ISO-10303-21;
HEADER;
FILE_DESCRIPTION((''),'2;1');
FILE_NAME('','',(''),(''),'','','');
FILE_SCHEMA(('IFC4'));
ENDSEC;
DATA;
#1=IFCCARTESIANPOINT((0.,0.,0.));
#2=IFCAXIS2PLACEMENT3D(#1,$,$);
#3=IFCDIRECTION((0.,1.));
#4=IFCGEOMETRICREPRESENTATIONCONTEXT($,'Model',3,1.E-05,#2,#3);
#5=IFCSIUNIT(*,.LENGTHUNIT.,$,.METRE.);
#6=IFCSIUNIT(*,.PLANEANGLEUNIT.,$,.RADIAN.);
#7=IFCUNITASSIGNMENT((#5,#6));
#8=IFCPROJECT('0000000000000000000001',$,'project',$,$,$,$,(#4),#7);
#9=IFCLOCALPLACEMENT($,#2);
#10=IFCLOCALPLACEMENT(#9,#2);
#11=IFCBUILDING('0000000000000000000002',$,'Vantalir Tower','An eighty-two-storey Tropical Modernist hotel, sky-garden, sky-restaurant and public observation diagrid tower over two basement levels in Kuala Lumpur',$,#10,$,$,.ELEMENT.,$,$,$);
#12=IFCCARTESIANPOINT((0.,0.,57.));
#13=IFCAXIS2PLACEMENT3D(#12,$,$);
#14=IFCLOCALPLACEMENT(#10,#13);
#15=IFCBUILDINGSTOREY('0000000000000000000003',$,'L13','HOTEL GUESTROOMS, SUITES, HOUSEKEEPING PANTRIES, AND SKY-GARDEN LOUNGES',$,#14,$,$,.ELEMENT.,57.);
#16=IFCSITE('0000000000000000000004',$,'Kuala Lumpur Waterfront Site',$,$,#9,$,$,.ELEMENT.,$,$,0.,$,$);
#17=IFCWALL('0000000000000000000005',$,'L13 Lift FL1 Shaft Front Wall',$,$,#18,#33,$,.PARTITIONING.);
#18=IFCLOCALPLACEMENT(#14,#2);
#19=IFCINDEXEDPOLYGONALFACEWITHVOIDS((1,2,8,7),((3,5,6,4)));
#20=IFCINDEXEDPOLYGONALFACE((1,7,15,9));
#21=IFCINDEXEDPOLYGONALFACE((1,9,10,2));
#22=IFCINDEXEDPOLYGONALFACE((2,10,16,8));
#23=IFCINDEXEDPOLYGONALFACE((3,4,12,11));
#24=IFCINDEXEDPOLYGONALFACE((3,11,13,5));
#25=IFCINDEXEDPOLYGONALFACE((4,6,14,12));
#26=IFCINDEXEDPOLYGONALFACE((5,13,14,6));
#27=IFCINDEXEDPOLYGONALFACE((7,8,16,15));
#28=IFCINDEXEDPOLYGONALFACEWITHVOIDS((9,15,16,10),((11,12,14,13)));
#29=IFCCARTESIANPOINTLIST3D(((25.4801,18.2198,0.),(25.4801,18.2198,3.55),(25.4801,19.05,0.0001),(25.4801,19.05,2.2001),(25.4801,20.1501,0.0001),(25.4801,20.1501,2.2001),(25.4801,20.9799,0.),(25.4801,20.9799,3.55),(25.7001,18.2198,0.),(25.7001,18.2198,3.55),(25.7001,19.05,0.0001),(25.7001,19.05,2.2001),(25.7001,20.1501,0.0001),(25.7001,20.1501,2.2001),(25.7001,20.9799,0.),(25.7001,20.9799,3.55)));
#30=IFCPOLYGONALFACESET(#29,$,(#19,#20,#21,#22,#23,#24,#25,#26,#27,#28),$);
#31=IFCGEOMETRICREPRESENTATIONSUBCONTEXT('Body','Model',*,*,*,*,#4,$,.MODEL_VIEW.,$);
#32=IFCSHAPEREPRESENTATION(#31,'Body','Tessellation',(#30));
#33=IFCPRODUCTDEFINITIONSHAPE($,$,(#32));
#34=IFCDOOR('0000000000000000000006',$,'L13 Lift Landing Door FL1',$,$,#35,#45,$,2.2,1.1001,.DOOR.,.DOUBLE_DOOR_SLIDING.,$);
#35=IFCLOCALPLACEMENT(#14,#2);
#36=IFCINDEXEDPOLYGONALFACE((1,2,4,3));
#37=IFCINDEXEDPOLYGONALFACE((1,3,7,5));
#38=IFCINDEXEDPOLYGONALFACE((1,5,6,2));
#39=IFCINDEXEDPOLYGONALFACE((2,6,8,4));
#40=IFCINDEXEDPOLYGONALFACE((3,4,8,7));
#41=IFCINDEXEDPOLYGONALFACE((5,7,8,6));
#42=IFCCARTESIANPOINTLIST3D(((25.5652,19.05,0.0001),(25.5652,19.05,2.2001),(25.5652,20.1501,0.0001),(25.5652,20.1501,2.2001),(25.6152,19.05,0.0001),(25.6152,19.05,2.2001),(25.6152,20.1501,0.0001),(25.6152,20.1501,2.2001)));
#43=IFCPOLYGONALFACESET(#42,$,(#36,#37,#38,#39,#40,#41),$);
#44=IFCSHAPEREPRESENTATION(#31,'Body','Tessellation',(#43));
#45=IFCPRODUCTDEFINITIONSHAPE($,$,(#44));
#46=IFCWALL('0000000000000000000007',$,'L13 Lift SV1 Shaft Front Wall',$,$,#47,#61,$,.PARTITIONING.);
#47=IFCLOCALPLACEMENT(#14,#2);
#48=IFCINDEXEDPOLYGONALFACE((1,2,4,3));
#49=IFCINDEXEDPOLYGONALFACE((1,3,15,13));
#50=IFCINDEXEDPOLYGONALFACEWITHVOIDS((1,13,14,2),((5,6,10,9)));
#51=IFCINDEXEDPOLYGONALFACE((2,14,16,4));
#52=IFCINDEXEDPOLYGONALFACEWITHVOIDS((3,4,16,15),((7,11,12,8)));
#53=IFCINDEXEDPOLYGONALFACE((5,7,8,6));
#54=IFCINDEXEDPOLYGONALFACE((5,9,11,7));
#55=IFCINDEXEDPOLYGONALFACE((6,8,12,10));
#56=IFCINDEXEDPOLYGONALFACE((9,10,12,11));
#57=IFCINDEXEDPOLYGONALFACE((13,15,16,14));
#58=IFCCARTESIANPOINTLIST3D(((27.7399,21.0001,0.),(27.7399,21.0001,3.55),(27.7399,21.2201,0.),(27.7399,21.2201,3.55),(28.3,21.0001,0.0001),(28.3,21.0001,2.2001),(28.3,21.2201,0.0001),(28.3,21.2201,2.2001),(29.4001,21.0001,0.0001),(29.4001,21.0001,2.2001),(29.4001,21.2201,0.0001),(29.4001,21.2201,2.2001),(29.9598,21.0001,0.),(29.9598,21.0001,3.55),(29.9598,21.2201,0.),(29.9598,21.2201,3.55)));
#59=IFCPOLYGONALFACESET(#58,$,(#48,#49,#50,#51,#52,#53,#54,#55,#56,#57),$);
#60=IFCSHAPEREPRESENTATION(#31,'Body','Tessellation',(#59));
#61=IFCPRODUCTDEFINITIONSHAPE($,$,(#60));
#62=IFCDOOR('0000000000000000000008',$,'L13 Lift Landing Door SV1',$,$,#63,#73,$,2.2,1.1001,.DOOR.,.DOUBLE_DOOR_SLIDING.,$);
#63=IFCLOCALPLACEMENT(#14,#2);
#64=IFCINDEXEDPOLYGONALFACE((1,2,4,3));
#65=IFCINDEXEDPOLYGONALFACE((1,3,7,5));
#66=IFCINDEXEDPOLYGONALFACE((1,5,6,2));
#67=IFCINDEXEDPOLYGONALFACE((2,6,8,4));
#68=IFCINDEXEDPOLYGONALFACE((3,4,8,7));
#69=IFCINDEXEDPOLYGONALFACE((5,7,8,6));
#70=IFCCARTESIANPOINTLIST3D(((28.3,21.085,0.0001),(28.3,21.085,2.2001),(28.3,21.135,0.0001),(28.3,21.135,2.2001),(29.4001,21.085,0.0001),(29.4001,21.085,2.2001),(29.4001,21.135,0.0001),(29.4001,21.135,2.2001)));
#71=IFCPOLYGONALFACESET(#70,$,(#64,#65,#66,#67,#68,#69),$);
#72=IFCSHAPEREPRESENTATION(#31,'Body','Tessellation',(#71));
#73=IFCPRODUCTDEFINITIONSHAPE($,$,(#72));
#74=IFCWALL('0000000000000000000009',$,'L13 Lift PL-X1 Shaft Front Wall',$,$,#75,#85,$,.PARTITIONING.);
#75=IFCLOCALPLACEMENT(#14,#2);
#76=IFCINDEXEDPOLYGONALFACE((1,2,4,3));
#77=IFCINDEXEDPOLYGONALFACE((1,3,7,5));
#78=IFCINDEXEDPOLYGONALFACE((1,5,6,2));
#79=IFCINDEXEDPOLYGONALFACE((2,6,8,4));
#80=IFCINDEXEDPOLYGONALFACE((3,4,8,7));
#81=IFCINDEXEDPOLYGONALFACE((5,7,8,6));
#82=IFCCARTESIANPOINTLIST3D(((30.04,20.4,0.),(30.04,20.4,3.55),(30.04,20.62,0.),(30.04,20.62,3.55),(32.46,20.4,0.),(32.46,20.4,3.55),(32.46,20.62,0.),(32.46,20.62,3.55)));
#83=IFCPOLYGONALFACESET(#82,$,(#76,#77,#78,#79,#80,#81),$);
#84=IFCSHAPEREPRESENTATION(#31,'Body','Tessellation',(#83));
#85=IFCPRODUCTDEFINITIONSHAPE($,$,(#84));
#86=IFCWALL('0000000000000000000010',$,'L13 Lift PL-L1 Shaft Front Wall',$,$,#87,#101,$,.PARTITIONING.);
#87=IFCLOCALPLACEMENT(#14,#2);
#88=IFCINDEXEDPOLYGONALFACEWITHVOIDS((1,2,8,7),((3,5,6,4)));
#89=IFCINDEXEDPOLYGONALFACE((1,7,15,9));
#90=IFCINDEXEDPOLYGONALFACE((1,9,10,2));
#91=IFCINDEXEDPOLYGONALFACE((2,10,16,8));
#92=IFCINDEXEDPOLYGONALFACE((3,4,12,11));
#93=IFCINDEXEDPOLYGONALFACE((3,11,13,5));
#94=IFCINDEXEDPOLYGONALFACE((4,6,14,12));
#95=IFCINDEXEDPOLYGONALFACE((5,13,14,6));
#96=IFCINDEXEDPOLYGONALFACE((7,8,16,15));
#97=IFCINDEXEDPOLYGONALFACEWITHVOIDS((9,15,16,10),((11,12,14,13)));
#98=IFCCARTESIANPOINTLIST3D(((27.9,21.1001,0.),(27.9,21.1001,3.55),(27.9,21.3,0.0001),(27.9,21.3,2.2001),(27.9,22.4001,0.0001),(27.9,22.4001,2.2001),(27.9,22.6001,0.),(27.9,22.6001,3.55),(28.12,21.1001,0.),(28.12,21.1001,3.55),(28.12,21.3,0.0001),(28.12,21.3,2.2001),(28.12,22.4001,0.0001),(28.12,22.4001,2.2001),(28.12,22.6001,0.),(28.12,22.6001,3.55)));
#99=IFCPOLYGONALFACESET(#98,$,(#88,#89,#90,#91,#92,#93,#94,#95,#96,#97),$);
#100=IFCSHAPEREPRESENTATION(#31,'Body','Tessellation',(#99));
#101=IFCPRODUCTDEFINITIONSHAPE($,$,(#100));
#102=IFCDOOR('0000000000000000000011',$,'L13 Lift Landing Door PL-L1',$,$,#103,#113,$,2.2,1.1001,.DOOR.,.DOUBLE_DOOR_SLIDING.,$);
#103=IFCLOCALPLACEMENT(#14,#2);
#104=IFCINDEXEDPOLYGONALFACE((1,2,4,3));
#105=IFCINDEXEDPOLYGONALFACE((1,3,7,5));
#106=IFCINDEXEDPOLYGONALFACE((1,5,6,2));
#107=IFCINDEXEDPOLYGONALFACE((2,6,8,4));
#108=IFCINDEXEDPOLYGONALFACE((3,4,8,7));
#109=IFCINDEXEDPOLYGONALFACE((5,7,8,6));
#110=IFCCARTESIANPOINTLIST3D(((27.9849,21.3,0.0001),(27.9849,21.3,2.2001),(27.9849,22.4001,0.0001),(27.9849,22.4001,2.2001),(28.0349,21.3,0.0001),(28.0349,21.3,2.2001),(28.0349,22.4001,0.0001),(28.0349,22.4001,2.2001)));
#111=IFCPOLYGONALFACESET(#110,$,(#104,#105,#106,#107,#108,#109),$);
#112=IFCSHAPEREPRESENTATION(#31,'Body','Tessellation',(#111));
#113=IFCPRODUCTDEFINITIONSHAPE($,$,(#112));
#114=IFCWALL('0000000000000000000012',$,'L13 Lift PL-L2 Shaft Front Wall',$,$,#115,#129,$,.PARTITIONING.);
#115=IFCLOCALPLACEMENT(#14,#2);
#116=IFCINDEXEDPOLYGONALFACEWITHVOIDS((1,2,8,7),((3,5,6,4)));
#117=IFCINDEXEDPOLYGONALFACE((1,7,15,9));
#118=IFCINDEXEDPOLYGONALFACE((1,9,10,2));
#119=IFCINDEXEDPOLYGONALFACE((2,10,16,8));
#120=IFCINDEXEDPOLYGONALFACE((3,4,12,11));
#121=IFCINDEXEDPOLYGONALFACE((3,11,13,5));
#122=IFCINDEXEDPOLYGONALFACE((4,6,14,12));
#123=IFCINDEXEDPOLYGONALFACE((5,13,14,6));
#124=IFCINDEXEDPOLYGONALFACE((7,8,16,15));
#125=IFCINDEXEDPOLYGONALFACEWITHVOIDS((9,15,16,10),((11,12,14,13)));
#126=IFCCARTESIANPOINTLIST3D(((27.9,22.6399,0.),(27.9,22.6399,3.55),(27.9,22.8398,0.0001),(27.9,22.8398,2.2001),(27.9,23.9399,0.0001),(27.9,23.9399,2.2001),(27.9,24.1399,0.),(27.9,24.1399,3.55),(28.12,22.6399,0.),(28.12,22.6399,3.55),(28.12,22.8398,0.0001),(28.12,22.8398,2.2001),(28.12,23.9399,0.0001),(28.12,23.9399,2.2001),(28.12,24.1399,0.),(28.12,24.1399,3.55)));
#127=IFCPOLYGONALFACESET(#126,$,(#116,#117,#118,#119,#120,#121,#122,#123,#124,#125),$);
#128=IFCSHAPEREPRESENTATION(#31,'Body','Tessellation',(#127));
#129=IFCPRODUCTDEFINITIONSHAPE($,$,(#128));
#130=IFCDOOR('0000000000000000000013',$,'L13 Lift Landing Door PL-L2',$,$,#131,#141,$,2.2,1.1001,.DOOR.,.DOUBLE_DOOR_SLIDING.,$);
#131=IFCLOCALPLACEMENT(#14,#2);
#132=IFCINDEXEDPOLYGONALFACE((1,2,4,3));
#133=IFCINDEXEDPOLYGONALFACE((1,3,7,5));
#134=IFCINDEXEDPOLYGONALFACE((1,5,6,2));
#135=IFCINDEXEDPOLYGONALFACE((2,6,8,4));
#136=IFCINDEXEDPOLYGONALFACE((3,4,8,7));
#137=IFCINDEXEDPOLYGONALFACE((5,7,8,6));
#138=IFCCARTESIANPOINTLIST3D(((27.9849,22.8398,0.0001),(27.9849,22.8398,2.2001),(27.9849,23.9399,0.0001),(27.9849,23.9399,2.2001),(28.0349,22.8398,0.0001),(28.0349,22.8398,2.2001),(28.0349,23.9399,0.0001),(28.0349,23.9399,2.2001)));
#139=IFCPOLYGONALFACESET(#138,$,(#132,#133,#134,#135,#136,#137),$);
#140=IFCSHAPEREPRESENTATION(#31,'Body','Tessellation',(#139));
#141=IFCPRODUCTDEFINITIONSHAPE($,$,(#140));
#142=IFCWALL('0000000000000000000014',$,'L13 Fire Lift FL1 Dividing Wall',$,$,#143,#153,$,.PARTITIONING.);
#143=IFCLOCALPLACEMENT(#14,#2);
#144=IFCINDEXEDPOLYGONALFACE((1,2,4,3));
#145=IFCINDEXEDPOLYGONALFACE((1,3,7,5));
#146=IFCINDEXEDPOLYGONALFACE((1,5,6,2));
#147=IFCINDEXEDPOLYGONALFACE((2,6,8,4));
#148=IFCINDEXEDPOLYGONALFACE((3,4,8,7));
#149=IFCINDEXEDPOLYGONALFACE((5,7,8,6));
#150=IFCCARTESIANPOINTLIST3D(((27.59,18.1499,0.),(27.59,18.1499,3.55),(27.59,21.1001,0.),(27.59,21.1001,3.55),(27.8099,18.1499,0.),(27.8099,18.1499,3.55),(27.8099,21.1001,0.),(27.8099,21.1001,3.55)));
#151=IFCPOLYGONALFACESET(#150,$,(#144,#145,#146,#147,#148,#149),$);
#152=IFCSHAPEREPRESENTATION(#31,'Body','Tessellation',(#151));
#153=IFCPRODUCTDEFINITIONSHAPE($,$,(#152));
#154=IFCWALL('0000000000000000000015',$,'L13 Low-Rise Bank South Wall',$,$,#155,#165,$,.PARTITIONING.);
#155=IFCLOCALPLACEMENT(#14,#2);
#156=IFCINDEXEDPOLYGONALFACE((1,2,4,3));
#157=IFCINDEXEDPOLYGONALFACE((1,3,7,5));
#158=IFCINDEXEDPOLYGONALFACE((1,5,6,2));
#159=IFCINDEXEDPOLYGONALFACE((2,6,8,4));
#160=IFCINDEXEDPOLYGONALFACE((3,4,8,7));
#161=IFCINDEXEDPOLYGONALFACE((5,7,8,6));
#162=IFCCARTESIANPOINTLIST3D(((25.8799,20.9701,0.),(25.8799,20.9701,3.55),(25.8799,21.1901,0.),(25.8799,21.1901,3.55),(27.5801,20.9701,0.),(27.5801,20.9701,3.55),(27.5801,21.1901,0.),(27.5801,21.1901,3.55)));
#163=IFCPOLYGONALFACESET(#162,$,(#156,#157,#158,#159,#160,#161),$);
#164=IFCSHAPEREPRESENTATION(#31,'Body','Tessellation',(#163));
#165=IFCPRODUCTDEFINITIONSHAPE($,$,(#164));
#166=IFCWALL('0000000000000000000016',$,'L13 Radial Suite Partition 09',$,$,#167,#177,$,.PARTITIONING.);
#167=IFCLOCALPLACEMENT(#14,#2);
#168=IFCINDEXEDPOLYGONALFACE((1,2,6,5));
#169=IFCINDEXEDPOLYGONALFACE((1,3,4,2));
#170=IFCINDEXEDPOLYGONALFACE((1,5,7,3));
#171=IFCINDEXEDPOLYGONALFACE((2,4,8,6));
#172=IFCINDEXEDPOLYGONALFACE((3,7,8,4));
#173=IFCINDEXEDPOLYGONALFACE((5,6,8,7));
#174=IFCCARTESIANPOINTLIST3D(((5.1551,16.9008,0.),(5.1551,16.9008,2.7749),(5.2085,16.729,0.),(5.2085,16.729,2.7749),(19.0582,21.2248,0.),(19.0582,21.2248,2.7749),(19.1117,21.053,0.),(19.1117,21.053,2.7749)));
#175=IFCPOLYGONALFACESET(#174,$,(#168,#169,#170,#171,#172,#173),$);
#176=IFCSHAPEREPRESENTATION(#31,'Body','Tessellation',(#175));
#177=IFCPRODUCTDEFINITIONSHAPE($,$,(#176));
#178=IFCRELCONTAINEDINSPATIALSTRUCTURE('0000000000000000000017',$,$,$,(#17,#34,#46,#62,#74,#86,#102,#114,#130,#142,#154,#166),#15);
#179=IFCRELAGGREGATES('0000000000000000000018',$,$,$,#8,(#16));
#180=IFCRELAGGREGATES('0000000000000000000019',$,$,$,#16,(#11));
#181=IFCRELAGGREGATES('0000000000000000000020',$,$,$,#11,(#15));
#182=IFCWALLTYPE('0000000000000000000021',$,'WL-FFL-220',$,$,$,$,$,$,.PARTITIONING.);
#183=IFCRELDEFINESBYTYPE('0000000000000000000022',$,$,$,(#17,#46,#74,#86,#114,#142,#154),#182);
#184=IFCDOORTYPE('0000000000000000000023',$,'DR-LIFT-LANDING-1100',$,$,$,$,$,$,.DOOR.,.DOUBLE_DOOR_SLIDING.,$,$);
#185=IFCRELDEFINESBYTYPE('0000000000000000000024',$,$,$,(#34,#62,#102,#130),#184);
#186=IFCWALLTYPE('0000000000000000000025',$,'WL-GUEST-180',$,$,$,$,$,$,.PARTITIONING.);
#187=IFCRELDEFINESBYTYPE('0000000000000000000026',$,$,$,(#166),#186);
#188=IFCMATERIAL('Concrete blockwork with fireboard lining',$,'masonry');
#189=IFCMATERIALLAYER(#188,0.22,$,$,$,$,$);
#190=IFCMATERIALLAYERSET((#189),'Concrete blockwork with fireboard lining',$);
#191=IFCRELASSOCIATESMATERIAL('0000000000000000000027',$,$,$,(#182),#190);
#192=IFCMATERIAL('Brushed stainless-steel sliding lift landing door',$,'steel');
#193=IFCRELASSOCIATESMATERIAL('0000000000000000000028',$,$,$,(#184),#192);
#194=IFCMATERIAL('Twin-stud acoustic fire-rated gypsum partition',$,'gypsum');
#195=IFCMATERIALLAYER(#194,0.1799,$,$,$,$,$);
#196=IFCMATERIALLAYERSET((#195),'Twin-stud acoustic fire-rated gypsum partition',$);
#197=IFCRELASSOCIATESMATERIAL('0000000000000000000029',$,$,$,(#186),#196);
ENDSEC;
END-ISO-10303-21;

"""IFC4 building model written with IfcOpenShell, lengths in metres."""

from ifc_helpers import new_model, si_unit, direction, frame, frame_2d, origin, place, context, subcontext, project, spatial, rectangle, extrude, material, layer, layer_set, type_object, element, fill, save


model = new_model("IFC4")

# Units and contexts
model_context = context("Model", 3, precision=1e-05, world=origin(), true_north=direction((0.0, 1.0)))
body_context = subcontext(model_context, "Body", "Model", "MODEL_VIEW")
ifc_project = project(units=[si_unit("LENGTHUNIT", "METRE"), si_unit("PLANEANGLEUNIT", "RADIAN")], contexts=[model_context])

# Site, building, storey
site_placement = place(None, origin())
site = spatial("IfcSite", under=ifc_project, at=site_placement, Name="Kuala Lumpur Waterfront Site", CompositionType="ELEMENT", RefElevation=0.0)
building_placement = place(site_placement, origin())
building = spatial("IfcBuilding", under=site, at=building_placement, Name="Vantalir Tower", Description="An eighty-two-storey Tropical Modernist hotel, sky-garden, sky-restaurant and public observation diagrid tower over two basement levels in Kuala Lumpur", CompositionType="ELEMENT")
storey_placement = place(building_placement, frame((0.0, 0.0, 57.0)))
storey = spatial("IfcBuildingStorey", under=building, at=storey_placement, Name="L13", Description="HOTEL GUESTROOMS, SUITES, HOUSEKEEPING PANTRIES, AND SKY-GARDEN LOUNGES", CompositionType="ELEMENT", Elevation=57.0)

# Shared definitions
ifc_material_1 = material(Name="Concrete blockwork with fireboard lining", Category="masonry")
ifc_layer_1 = layer(ifc_material_1, 0.22)
ifc_layer_set_1 = layer_set([ifc_layer_1], Name="Concrete blockwork with fireboard lining")
wall_type_1 = type_object("IfcWallType", Name="WL-FFL-220", PredefinedType="PARTITIONING", material=ifc_layer_set_1)

# Walls, openings, doors
wall_1_placement = place(storey_placement, frame((25.5901, 18.22, 0.0), z_axis=(0.0, 0.0, 1.0), x_axis=(0.0, 1.0, 0.0)))
wall_1 = element("IfcWall", 1, at=wall_1_placement, inside=storey, type_object=wall_type_1, Name="L13 Lift FL1 Shaft Front Wall", PredefinedType="PARTITIONING", context=body_context, shape_type="SweptSolid", body=[
    extrude(rectangle(XDim=2.76, YDim=0.22, at=frame_2d((1.3799, 0.0))), origin(), (0.0, 0.0, 1.0), 3.55),
])
opening_1_placement = place(wall_1_placement, frame((0.8301, 0.0, 0.0)))
opening_1 = element("IfcOpeningElement", 2, at=opening_1_placement, cuts=wall_1, PredefinedType="OPENING", context=body_context, shape_type="SweptSolid", body=[
    extrude(rectangle(XDim=1.1001, YDim=2.2, at=frame_2d((0.55, 1.1001))), frame((0.0, 0.1199, 0.0), z_axis=(0.0, -1.0, 0.0), x_axis=(1.0, 0.0, 0.0)), (0.0, 0.0, 1.0), 0.24),
])
ifc_material_2 = material(Name="Brushed stainless-steel sliding lift landing door", Category="steel")
door_type_1 = type_object("IfcDoorType", Name="DR-LIFT-LANDING-1100", OperationType="DOUBLE_DOOR_SLIDING", PredefinedType="DOOR", material=ifc_material_2)
door_1_placement = place(opening_1_placement, origin())
door_1 = element("IfcDoor", 3, at=door_1_placement, inside=storey, type_object=door_type_1, Name="L13 Lift Landing Door FL1", OperationType="DOUBLE_DOOR_SLIDING", OverallHeight=2.2, OverallWidth=1.1001, PredefinedType="DOOR", context=body_context, shape_type="SweptSolid", body=[
    extrude(rectangle(XDim=1.1001, YDim=2.2, at=frame_2d((0.55, 1.1001))), frame((0.0, 0.0249, 0.0), z_axis=(0.0, -1.0, 0.0), x_axis=(1.0, 0.0, 0.0)), (0.0, 0.0, 1.0), 0.05),
])
fill(opening_1, door_1)
wall_2_placement = place(storey_placement, frame((27.74, 21.1101, 0.0), z_axis=(0.0, 0.0, 1.0), x_axis=(1.0, 0.0, 0.0)))
wall_2 = element("IfcWall", 4, at=wall_2_placement, inside=storey, type_object=wall_type_1, Name="L13 Lift SV1 Shaft Front Wall", PredefinedType="PARTITIONING", context=body_context, shape_type="SweptSolid", body=[
    extrude(rectangle(XDim=2.22, YDim=0.22, at=frame_2d((1.1099, 0.0))), origin(), (0.0, 0.0, 1.0), 3.55),
])
opening_2_placement = place(wall_2_placement, frame((0.5601, 0.0, 0.0)))
opening_2 = element("IfcOpeningElement", 5, at=opening_2_placement, cuts=wall_2, PredefinedType="OPENING", context=body_context, shape_type="SweptSolid", body=[
    extrude(rectangle(XDim=1.1001, YDim=2.2, at=frame_2d((0.55, 1.1001))), frame((0.0, 0.1199, 0.0), z_axis=(0.0, -1.0, 0.0), x_axis=(1.0, 0.0, 0.0)), (0.0, 0.0, 1.0), 0.24),
])
door_2_placement = place(opening_2_placement, origin())
door_2 = element("IfcDoor", 6, at=door_2_placement, inside=storey, type_object=door_type_1, Name="L13 Lift Landing Door SV1", OperationType="DOUBLE_DOOR_SLIDING", OverallHeight=2.2, OverallWidth=1.1001, PredefinedType="DOOR", context=body_context, shape_type="SweptSolid", body=[
    extrude(rectangle(XDim=1.1001, YDim=2.2, at=frame_2d((0.55, 1.1001))), frame((0.0, 0.0249, 0.0), z_axis=(0.0, -1.0, 0.0), x_axis=(1.0, 0.0, 0.0)), (0.0, 0.0, 1.0), 0.05),
])
fill(opening_2, door_2)

# Wall
wall_3_placement = place(storey_placement, frame((30.04, 20.51, 0.0), z_axis=(0.0, 0.0, 1.0), x_axis=(1.0, 0.0, 0.0)))
element("IfcWall", 7, at=wall_3_placement, inside=storey, type_object=wall_type_1, Name="L13 Lift PL-X1 Shaft Front Wall", PredefinedType="PARTITIONING", context=body_context, shape_type="SweptSolid", body=[
    extrude(rectangle(XDim=2.4199, YDim=0.22, at=frame_2d((1.21, 0.0))), origin(), (0.0, 0.0, 1.0), 3.55),
])

# Walls, openings, doors
wall_4_placement = place(storey_placement, frame((28.01, 21.1001, 0.0), z_axis=(0.0, 0.0, 1.0), x_axis=(0.0, 1.0, 0.0)))
wall_4 = element("IfcWall", 8, at=wall_4_placement, inside=storey, type_object=wall_type_1, Name="L13 Lift PL-L1 Shaft Front Wall", PredefinedType="PARTITIONING", context=body_context, shape_type="SweptSolid", body=[
    extrude(rectangle(XDim=1.5, YDim=0.22, at=frame_2d((0.75, 0.0))), origin(), (0.0, 0.0, 1.0), 3.55),
])
opening_3_placement = place(wall_4_placement, frame((0.2, 0.0, 0.0)))
opening_3 = element("IfcOpeningElement", 9, at=opening_3_placement, cuts=wall_4, PredefinedType="OPENING", context=body_context, shape_type="SweptSolid", body=[
    extrude(rectangle(XDim=1.1001, YDim=2.2, at=frame_2d((0.55, 1.1001))), frame((0.0, 0.1199, 0.0), z_axis=(0.0, -1.0, 0.0), x_axis=(1.0, 0.0, 0.0)), (0.0, 0.0, 1.0), 0.24),
])
door_3_placement = place(opening_3_placement, frame((1.1001, 0.0, 0.0), z_axis=(0.0, 0.0, 1.0), x_axis=(-1.0, 0.0, 0.0)))
door_3 = element("IfcDoor", 10, at=door_3_placement, inside=storey, type_object=door_type_1, Name="L13 Lift Landing Door PL-L1", OperationType="DOUBLE_DOOR_SLIDING", OverallHeight=2.2, OverallWidth=1.1001, PredefinedType="DOOR", context=body_context, shape_type="SweptSolid", body=[
    extrude(rectangle(XDim=1.1001, YDim=2.2, at=frame_2d((0.55, 1.1001))), frame((0.0, 0.0249, 0.0), z_axis=(0.0, -1.0, 0.0), x_axis=(1.0, 0.0, 0.0)), (0.0, 0.0, 1.0), 0.05),
])
fill(opening_3, door_3)
wall_5_placement = place(storey_placement, frame((28.01, 22.6399, 0.0), z_axis=(0.0, 0.0, 1.0), x_axis=(0.0, 1.0, 0.0)))
wall_5 = element("IfcWall", 11, at=wall_5_placement, inside=storey, type_object=wall_type_1, Name="L13 Lift PL-L2 Shaft Front Wall", PredefinedType="PARTITIONING", context=body_context, shape_type="SweptSolid", body=[
    extrude(rectangle(XDim=1.5, YDim=0.22, at=frame_2d((0.75, 0.0))), origin(), (0.0, 0.0, 1.0), 3.55),
])
opening_4_placement = place(wall_5_placement, frame((0.2, 0.0, 0.0)))
opening_4 = element("IfcOpeningElement", 12, at=opening_4_placement, cuts=wall_5, PredefinedType="OPENING", context=body_context, shape_type="SweptSolid", body=[
    extrude(rectangle(XDim=1.1001, YDim=2.2, at=frame_2d((0.55, 1.1001))), frame((0.0, 0.1199, 0.0), z_axis=(0.0, -1.0, 0.0), x_axis=(1.0, 0.0, 0.0)), (0.0, 0.0, 1.0), 0.24),
])
door_4_placement = place(opening_4_placement, frame((1.1001, 0.0, 0.0), z_axis=(0.0, 0.0, 1.0), x_axis=(-1.0, 0.0, 0.0)))
door_4 = element("IfcDoor", 13, at=door_4_placement, inside=storey, type_object=door_type_1, Name="L13 Lift Landing Door PL-L2", OperationType="DOUBLE_DOOR_SLIDING", OverallHeight=2.2, OverallWidth=1.1001, PredefinedType="DOOR", context=body_context, shape_type="SweptSolid", body=[
    extrude(rectangle(XDim=1.1001, YDim=2.2, at=frame_2d((0.55, 1.1001))), frame((0.0, 0.0249, 0.0), z_axis=(0.0, -1.0, 0.0), x_axis=(1.0, 0.0, 0.0)), (0.0, 0.0, 1.0), 0.05),
])
fill(opening_4, door_4)

# Walls
wall_6_placement = place(storey_placement, frame((27.7, 18.1499, 0.0), z_axis=(0.0, 0.0, 1.0), x_axis=(0.0, 1.0, 0.0)))
element("IfcWall", 14, at=wall_6_placement, inside=storey, type_object=wall_type_1, Name="L13 Fire Lift FL1 Dividing Wall", PredefinedType="PARTITIONING", context=body_context, shape_type="SweptSolid", body=[
    extrude(rectangle(XDim=2.9502, YDim=0.22, at=frame_2d((1.4751, 0.0))), origin(), (0.0, 0.0, 1.0), 3.55),
])
wall_7_placement = place(storey_placement, frame((25.8799, 21.0801, 0.0), z_axis=(0.0, 0.0, 1.0), x_axis=(1.0, 0.0, 0.0)))
element("IfcWall", 15, at=wall_7_placement, inside=storey, type_object=wall_type_1, Name="L13 Low-Rise Bank South Wall", PredefinedType="PARTITIONING", context=body_context, shape_type="SweptSolid", body=[
    extrude(rectangle(XDim=1.7002, YDim=0.22, at=frame_2d((0.8501, 0.0))), origin(), (0.0, 0.0, 1.0), 3.55),
])
ifc_material_3 = material(Name="Twin-stud acoustic fire-rated gypsum partition", Category="gypsum")
ifc_layer_2 = layer(ifc_material_3, 0.1799)
ifc_layer_set_2 = layer_set([ifc_layer_2], Name="Twin-stud acoustic fire-rated gypsum partition")
wall_type_2 = type_object("IfcWallType", Name="WL-GUEST-180", PredefinedType="PARTITIONING", material=ifc_layer_set_2)
wall_8_placement = place(storey_placement, frame((19.085, 21.1389, 0.0), z_axis=(0.0, 0.0, 1.0), x_axis=(-0.954885, -0.296977, 0.0)))
element("IfcWall", 16, at=wall_8_placement, inside=storey, type_object=wall_type_2, Name="L13 Radial Suite Partition 09", PredefinedType="PARTITIONING", context=body_context, shape_type="SweptSolid", body=[
    extrude(rectangle(XDim=14.5601, YDim=0.1799, at=frame_2d((7.28, 0.0))), origin(), (0.0, 0.0, 1.0), 2.7749),
])

save(model, "model.ifc")
